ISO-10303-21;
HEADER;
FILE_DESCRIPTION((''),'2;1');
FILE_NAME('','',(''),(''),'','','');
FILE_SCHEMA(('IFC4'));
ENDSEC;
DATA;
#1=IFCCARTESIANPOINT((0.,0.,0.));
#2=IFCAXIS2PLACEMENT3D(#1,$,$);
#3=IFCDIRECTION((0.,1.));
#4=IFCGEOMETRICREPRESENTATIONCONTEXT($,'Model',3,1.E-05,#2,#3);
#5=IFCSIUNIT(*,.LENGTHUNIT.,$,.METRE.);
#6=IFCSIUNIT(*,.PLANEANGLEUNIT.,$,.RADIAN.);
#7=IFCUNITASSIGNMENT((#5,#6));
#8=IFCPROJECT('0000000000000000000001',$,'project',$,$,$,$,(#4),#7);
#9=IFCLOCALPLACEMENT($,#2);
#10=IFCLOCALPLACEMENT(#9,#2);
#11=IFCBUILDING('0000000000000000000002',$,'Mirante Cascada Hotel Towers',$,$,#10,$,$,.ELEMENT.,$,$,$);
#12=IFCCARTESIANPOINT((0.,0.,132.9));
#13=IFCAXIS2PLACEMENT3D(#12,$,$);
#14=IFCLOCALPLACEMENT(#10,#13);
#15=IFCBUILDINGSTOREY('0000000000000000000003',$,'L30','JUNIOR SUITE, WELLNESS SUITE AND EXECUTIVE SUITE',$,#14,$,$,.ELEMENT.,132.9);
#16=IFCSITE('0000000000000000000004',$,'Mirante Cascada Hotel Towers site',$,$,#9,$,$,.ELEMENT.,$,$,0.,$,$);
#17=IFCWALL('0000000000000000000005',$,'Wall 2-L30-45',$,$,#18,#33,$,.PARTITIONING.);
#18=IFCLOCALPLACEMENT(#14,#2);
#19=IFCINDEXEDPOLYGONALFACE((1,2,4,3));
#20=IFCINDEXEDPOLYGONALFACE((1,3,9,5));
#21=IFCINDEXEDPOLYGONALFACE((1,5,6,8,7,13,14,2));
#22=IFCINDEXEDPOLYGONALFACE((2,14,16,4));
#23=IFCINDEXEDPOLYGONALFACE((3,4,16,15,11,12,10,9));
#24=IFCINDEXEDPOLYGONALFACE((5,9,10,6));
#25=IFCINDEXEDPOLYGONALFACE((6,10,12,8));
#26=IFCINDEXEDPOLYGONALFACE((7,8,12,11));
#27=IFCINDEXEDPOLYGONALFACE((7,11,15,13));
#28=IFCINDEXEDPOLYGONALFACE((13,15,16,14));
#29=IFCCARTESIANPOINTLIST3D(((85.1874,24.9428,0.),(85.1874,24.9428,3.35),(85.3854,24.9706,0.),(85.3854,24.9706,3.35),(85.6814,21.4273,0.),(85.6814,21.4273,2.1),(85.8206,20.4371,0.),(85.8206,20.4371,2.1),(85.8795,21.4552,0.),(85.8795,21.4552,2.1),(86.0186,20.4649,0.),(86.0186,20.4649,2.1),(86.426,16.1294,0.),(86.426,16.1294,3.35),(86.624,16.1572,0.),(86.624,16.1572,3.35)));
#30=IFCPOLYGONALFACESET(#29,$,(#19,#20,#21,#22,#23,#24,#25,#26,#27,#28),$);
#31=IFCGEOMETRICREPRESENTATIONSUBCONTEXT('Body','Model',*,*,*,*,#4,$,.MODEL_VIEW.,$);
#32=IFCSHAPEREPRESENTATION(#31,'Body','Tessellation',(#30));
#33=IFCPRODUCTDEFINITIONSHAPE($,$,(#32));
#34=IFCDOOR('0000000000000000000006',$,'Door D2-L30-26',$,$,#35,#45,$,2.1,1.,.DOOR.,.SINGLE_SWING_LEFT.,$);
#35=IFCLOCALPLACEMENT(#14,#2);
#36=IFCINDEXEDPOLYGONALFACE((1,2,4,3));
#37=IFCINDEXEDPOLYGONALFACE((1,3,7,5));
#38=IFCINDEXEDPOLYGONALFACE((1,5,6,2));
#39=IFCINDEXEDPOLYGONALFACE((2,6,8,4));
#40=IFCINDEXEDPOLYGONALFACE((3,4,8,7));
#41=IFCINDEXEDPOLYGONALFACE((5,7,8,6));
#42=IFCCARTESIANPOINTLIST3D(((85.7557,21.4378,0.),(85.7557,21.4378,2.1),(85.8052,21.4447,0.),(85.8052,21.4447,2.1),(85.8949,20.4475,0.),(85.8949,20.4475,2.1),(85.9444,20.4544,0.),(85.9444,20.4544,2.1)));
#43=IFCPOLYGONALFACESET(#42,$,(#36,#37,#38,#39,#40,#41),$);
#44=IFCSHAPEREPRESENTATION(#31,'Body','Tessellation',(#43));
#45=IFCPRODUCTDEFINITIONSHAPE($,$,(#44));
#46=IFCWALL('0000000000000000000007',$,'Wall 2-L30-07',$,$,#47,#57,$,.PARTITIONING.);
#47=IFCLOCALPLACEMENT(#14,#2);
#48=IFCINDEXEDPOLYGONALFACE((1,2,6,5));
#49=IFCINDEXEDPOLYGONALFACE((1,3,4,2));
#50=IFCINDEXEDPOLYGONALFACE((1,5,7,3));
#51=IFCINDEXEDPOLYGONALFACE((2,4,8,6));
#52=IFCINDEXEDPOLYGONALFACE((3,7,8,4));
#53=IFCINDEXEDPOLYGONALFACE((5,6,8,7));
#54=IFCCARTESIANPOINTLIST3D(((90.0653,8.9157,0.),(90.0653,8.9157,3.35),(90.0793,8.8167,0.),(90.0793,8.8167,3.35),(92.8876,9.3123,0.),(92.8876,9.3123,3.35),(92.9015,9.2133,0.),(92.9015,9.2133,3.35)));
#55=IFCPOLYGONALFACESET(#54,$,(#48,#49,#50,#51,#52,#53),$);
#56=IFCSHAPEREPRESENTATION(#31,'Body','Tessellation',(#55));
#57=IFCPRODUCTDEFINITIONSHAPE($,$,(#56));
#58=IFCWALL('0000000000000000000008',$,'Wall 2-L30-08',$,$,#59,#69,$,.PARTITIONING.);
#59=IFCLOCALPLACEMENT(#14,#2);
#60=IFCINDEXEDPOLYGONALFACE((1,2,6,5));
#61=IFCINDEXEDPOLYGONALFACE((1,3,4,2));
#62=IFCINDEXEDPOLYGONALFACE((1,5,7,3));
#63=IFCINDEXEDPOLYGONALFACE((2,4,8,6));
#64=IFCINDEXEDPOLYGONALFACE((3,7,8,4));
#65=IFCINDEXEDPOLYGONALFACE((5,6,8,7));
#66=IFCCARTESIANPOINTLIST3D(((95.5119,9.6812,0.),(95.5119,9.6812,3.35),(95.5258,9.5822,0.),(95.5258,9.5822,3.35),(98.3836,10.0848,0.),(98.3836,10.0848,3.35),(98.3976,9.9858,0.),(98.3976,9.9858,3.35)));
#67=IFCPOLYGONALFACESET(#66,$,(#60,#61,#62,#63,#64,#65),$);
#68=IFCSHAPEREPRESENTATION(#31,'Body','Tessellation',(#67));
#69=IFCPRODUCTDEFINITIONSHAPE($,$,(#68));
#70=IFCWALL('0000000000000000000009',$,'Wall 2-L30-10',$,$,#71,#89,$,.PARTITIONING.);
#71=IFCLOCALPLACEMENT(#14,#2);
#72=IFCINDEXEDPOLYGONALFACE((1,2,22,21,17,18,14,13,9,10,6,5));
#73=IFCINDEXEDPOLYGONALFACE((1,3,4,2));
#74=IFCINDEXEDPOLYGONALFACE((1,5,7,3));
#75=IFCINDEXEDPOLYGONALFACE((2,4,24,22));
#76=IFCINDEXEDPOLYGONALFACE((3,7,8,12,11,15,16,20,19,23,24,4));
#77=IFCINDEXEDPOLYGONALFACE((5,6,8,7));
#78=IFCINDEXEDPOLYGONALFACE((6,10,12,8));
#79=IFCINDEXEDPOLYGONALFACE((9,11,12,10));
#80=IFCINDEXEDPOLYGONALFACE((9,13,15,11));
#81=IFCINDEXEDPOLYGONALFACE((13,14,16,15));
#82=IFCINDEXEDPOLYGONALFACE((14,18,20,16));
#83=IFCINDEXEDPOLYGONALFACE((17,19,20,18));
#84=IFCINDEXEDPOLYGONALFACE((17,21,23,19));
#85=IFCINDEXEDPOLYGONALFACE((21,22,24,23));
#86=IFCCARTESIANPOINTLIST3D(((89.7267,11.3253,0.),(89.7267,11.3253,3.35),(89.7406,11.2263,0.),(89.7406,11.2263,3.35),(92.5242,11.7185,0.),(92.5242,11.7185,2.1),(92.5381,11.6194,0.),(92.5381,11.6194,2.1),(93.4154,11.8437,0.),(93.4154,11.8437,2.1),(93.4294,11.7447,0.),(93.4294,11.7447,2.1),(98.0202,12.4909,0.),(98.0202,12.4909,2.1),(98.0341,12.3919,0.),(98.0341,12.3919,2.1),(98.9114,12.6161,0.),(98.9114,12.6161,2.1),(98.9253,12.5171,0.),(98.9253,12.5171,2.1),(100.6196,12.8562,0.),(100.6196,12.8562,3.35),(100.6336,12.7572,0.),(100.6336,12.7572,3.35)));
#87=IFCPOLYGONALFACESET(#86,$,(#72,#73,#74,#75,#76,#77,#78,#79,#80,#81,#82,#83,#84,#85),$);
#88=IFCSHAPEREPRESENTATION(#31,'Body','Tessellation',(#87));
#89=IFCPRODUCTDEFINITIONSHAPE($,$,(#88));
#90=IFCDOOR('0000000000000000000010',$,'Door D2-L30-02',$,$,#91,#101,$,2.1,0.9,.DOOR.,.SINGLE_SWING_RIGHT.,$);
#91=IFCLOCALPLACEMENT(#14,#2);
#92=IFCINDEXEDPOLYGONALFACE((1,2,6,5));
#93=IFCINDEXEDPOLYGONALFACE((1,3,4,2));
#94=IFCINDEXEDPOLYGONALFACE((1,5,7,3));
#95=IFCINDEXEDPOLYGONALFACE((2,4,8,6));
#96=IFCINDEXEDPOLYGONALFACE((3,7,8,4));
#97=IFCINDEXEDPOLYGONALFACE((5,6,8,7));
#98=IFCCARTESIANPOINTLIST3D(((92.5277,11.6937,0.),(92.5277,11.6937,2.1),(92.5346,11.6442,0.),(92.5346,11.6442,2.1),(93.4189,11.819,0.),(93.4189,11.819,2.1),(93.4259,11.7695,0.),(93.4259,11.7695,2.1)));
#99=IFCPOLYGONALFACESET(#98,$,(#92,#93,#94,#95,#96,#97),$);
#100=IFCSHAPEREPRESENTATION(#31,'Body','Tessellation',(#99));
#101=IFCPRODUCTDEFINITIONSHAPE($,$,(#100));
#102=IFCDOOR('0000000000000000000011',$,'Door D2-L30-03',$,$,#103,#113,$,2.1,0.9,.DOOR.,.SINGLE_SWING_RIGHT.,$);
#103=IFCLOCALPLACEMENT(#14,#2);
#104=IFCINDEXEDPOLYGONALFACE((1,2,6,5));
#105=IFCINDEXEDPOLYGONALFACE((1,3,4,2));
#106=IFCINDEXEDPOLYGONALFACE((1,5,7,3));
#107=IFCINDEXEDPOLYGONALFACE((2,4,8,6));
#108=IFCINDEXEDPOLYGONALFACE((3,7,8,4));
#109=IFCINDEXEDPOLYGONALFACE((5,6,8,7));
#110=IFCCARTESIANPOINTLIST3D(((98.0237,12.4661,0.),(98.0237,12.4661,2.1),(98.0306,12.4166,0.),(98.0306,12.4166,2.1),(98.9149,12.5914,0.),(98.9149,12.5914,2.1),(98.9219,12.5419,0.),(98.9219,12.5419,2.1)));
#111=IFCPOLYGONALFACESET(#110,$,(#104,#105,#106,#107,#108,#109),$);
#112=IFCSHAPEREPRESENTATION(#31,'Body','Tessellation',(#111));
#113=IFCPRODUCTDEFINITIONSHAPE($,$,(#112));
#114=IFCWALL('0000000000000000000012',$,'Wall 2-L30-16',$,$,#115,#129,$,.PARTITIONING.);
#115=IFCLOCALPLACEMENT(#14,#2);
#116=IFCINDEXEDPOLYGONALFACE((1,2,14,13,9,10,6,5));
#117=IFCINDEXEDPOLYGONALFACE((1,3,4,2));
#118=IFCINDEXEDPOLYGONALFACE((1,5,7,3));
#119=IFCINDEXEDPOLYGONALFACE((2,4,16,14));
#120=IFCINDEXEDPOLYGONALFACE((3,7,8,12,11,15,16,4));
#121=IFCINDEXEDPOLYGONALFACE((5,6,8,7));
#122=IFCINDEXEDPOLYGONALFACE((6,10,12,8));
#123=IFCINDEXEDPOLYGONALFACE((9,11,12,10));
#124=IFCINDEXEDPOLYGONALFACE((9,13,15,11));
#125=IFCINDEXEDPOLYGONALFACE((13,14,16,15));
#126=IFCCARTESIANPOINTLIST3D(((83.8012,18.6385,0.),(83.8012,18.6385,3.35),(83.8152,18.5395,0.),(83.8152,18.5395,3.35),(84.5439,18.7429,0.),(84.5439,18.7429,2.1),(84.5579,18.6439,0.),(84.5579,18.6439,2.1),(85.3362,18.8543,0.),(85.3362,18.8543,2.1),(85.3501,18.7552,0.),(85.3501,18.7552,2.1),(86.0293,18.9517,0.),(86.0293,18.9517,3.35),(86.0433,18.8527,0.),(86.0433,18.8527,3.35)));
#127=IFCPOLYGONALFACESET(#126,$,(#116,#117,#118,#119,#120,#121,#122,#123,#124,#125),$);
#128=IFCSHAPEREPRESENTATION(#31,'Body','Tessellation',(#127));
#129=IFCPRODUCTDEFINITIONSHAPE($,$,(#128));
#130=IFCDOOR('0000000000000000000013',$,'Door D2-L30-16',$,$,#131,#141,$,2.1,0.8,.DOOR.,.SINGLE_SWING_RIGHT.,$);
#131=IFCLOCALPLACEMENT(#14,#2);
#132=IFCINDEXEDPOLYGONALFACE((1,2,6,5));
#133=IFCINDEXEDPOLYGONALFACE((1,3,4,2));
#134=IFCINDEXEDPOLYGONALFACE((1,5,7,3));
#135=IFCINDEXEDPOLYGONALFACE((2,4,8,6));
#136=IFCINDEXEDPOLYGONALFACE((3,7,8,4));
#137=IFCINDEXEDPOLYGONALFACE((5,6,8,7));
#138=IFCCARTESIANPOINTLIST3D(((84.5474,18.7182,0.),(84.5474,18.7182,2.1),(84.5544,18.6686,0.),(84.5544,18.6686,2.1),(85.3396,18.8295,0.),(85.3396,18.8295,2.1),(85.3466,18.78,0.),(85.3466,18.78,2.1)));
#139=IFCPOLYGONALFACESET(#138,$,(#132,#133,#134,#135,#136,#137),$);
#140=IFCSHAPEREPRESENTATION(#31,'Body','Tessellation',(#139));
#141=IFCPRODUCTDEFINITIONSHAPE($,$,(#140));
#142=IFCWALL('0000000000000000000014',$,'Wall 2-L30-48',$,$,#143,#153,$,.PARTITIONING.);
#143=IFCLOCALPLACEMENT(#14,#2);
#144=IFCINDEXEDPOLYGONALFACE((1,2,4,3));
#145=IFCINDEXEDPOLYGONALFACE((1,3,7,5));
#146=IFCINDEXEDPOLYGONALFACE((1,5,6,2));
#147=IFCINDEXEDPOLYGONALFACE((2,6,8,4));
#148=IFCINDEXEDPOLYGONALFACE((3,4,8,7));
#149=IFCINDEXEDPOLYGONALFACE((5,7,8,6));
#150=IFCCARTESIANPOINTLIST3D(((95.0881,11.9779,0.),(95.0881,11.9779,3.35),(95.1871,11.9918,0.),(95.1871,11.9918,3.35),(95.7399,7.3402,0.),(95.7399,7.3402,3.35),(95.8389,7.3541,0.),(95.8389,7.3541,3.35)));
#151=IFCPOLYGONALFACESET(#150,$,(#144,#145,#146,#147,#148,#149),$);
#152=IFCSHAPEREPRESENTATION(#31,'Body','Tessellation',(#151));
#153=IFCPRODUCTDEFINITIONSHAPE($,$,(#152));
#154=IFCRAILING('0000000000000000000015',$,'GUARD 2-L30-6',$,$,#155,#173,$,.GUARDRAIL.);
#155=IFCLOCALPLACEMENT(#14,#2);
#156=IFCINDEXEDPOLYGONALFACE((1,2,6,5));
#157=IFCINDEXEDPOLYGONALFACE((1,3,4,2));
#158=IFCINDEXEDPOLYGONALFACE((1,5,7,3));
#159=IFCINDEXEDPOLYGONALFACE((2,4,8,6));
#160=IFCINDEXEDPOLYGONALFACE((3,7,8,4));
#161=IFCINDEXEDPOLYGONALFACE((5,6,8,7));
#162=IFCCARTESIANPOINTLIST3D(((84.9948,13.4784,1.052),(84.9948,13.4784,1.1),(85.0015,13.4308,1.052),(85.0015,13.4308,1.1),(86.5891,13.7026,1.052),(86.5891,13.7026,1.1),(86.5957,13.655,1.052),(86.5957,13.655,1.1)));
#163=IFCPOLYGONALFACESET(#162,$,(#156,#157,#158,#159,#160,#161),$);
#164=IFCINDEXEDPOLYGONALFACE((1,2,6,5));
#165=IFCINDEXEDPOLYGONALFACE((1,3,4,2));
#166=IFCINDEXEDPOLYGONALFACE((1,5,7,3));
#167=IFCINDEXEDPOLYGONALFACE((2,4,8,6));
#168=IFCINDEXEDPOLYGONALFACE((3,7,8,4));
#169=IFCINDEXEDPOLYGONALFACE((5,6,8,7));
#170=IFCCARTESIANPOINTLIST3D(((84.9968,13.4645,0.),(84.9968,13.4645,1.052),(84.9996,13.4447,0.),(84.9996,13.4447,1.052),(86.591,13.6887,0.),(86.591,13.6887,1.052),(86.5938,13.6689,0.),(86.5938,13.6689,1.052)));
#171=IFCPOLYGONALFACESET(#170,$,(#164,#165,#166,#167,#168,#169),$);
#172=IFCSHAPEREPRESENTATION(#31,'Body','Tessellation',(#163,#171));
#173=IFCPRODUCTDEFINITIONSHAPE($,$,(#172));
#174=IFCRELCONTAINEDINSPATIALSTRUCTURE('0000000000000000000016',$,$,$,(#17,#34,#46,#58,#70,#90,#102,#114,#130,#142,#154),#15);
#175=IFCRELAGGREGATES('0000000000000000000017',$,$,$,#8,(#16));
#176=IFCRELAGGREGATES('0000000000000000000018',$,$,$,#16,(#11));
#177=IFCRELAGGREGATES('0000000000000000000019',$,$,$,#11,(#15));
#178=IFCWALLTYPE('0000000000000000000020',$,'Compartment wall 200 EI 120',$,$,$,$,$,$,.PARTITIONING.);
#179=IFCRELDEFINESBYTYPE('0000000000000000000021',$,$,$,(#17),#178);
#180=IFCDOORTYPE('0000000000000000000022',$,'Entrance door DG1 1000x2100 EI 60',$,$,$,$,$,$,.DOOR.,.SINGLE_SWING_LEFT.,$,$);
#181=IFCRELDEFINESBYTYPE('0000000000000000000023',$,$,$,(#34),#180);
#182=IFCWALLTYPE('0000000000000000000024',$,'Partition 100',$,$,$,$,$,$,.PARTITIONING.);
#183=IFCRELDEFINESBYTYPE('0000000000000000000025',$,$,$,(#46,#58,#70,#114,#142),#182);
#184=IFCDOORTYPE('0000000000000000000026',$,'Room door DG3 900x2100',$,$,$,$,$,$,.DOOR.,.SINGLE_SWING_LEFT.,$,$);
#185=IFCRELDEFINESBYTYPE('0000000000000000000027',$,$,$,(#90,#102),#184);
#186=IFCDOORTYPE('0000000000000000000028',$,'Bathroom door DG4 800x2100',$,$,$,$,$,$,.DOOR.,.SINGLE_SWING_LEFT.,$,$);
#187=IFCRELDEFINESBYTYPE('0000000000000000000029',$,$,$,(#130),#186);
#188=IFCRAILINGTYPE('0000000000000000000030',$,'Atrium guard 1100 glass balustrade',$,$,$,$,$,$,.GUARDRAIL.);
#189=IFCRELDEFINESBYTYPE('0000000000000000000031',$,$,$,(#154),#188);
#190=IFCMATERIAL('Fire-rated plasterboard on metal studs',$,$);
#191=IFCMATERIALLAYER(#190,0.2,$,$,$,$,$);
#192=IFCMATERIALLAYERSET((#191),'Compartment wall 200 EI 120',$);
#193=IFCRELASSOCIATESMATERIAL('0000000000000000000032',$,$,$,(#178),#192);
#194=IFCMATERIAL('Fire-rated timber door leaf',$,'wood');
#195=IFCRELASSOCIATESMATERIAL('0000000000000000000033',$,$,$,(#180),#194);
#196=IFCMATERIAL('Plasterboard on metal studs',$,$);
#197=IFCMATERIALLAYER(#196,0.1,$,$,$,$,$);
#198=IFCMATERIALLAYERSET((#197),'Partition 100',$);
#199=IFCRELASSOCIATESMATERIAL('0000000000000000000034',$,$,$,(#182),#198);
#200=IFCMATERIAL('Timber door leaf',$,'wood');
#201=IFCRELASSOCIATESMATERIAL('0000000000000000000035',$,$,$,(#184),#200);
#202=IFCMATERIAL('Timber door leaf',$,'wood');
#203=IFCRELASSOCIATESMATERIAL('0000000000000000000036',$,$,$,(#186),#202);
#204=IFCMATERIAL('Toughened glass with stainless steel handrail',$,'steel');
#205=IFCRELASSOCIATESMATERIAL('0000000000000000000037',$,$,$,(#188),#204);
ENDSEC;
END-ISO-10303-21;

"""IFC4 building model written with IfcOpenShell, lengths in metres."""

from ifc_helpers import new_model, si_unit, direction, frame, frame_2d, origin, origin_2d, place, context, subcontext, project, spatial, rectangle, extrude, material, layer, layer_set, type_object, element, fill, save


model = new_model("IFC4")

# Units and contexts
model_context = context("Model", 3, precision=1e-05, world=origin(), true_north=direction((0.0, 1.0)))
body_context = subcontext(model_context, "Body", "Model", "MODEL_VIEW")
ifc_project = project(units=[si_unit("LENGTHUNIT", "METRE"), si_unit("PLANEANGLEUNIT", "RADIAN")], contexts=[model_context])

# Site, building, storey
site_placement = place(None, origin())
site = spatial("IfcSite", under=ifc_project, at=site_placement, Name="Mirante Cascada Hotel Towers site", CompositionType="ELEMENT", RefElevation=0.0)
building_placement = place(site_placement, origin())
building = spatial("IfcBuilding", under=site, at=building_placement, Name="Mirante Cascada Hotel Towers", CompositionType="ELEMENT")
storey_placement = place(building_placement, frame((0.0, 0.0, 132.9)))
storey = spatial("IfcBuildingStorey", under=building, at=storey_placement, Name="L30", Description="JUNIOR SUITE, WELLNESS SUITE AND EXECUTIVE SUITE", CompositionType="ELEMENT", Elevation=132.9)

# Shared definitions
ifc_material_1 = material(Name="Fire-rated plasterboard on metal studs")
ifc_layer_1 = layer(ifc_material_1, 0.2)
ifc_layer_set_1 = layer_set([ifc_layer_1], Name="Compartment wall 200 EI 120")
wall_type_1 = type_object("IfcWallType", Name="Compartment wall 200 EI 120", PredefinedType="PARTITIONING", material=ifc_layer_set_1)
ifc_material_2 = material(Name="Fire-rated timber door leaf", Category="wood")
door_type_1 = type_object("IfcDoorType", Name="Entrance door DG1 1000x2100 EI 60", OperationType="SINGLE_SWING_LEFT", PredefinedType="DOOR", material=ifc_material_2)

# Wall, opening, door
wall_1_placement = place(storey_placement, frame((86.525, 16.1433, 0.0), z_axis=(0.0, 0.0, 1.0), x_axis=(-0.139168, 0.990269, 0.0)))
wall_1 = element("IfcWall", 1, at=wall_1_placement, inside=storey, type_object=wall_type_1, Name="Wall 2-L30-45", PredefinedType="PARTITIONING", context=body_context, shape_type="SweptSolid", body=[
    extrude(rectangle(XDim=8.9, YDim=0.2, at=frame_2d((4.45, 0.0))), origin(), (0.0, 0.0, 1.0), 3.35),
])
opening_1_placement = place(wall_1_placement, frame((4.35, 0.0, 0.0)))
opening_1 = element("IfcOpeningElement", 2, at=opening_1_placement, cuts=wall_1, PredefinedType="OPENING", context=body_context, shape_type="SweptSolid", body=[
    extrude(rectangle(XDim=1.0, YDim=2.1, at=frame_2d((0.5, 1.05))), frame((0.0, 0.1, 0.0), z_axis=(0.0, -1.0, 0.0), x_axis=(1.0, 0.0, 0.0)), (0.0, 0.0, 1.0), 0.2),
])
door_1_placement = place(opening_1_placement, origin())
door_1 = element("IfcDoor", 3, at=door_1_placement, inside=storey, type_object=door_type_1, Name="Door D2-L30-26", OperationType="SINGLE_SWING_LEFT", OverallHeight=2.1, OverallWidth=1.0, PredefinedType="DOOR", context=body_context, shape_type="SweptSolid", body=[
    extrude(rectangle(XDim=1.0, YDim=2.1, at=frame_2d((0.5, 1.05))), frame((0.0, 0.025, 0.0), z_axis=(0.0, -1.0, 0.0), x_axis=(1.0, 0.0, 0.0)), (0.0, 0.0, 1.0), 0.05),
])
fill(opening_1, door_1)

# Walls
ifc_material_3 = material(Name="Plasterboard on metal studs")
ifc_layer_2 = layer(ifc_material_3, 0.1)
ifc_layer_set_2 = layer_set([ifc_layer_2], Name="Partition 100")
wall_type_2 = type_object("IfcWallType", Name="Partition 100", PredefinedType="PARTITIONING", material=ifc_layer_set_2)
wall_2_placement = place(storey_placement, frame((90.0723, 8.8662, 0.0), z_axis=(0.0, 0.0, 1.0), x_axis=(0.99027, 0.139156, 0.0)))
element("IfcWall", 4, at=wall_2_placement, inside=storey, type_object=wall_type_2, Name="Wall 2-L30-07", PredefinedType="PARTITIONING", context=body_context, shape_type="SweptSolid", body=[
    extrude(rectangle(XDim=2.85, YDim=0.1, at=frame_2d((1.425, 0.0))), origin(), (0.0, 0.0, 1.0), 3.35),
])
wall_3_placement = place(storey_placement, frame((98.3906, 10.0353, 0.0), z_axis=(0.0, 0.0, 1.0), x_axis=(-0.990268, -0.139171, 0.0)))
element("IfcWall", 5, at=wall_3_placement, inside=storey, type_object=wall_type_2, Name="Wall 2-L30-08", PredefinedType="PARTITIONING", context=body_context, shape_type="SweptSolid", body=[
    extrude(rectangle(XDim=2.9, YDim=0.1, at=frame_2d((1.45, 0.0))), origin(), (0.0, 0.0, 1.0), 3.35),
])

# Wall, openings, doors
wall_4_placement = place(storey_placement, frame((100.6266, 12.8067, 0.0), z_axis=(0.0, 0.0, 1.0), x_axis=(-0.990268, -0.139173, 0.0)))
wall_4 = element("IfcWall", 6, at=wall_4_placement, inside=storey, type_object=wall_type_2, Name="Wall 2-L30-10", PredefinedType="PARTITIONING", context=body_context, shape_type="SweptSolid", body=[
    extrude(rectangle(XDim=11.0, YDim=0.1, at=frame_2d((5.5, 0.0))), origin(), (0.0, 0.0, 1.0), 3.35),
])
opening_2_placement = place(wall_4_placement, frame((7.275, 0.0, 0.0)))
opening_2 = element("IfcOpeningElement", 7, at=opening_2_placement, cuts=wall_4, PredefinedType="OPENING", context=body_context, shape_type="SweptSolid", body=[
    extrude(rectangle(XDim=0.9, YDim=2.1, at=frame_2d((0.45, 1.05))), frame((0.0, 0.05, 0.0), z_axis=(0.0, -1.0, 0.0), x_axis=(1.0, 0.0, 0.0)), (0.0, 0.0, 1.0), 0.1),
])
opening_3_placement = place(wall_4_placement, frame((1.725, 0.0, 0.0)))
opening_3 = element("IfcOpeningElement", 8, at=opening_3_placement, cuts=wall_4, PredefinedType="OPENING", context=body_context, shape_type="SweptSolid", body=[
    extrude(rectangle(XDim=0.9, YDim=2.1, at=frame_2d((0.45, 1.05))), frame((0.0, 0.05, 0.0), z_axis=(0.0, -1.0, 0.0), x_axis=(1.0, 0.0, 0.0)), (0.0, 0.0, 1.0), 0.1),
])
ifc_material_4 = material(Name="Timber door leaf", Category="wood")
door_type_2 = type_object("IfcDoorType", Name="Room door DG3 900x2100", OperationType="SINGLE_SWING_LEFT", PredefinedType="DOOR", material=ifc_material_4)
door_2_placement = place(opening_2_placement, frame((0.9, 0.0, 0.0), z_axis=(0.0, 0.0, 1.0), x_axis=(-1.0, 0.0, 0.0)))
door_2 = element("IfcDoor", 9, at=door_2_placement, inside=storey, type_object=door_type_2, Name="Door D2-L30-02", OperationType="SINGLE_SWING_RIGHT", OverallHeight=2.1, OverallWidth=0.9, PredefinedType="DOOR", context=body_context, shape_type="SweptSolid", body=[
    extrude(rectangle(XDim=0.9, YDim=2.1, at=frame_2d((0.45, 1.05))), frame((0.0, 0.025, 0.0), z_axis=(0.0, -1.0, 0.0), x_axis=(1.0, 0.0, 0.0)), (0.0, 0.0, 1.0), 0.05),
])
fill(opening_2, door_2)
door_3_placement = place(opening_3_placement, frame((0.9, 0.0, 0.0), z_axis=(0.0, 0.0, 1.0), x_axis=(-1.0, 0.0, 0.0)))
door_3 = element("IfcDoor", 10, at=door_3_placement, inside=storey, type_object=door_type_2, Name="Door D2-L30-03", OperationType="SINGLE_SWING_RIGHT", OverallHeight=2.1, OverallWidth=0.9, PredefinedType="DOOR", context=body_context, shape_type="SweptSolid", body=[
    extrude(rectangle(XDim=0.9, YDim=2.1, at=frame_2d((0.45, 1.05))), frame((0.0, 0.025, 0.0), z_axis=(0.0, -1.0, 0.0), x_axis=(1.0, 0.0, 0.0)), (0.0, 0.0, 1.0), 0.05),
])
fill(opening_3, door_3)

# Wall, opening, door
wall_5_placement = place(storey_placement, frame((86.0363, 18.9022, 0.0), z_axis=(0.0, 0.0, 1.0), x_axis=(-0.990264, -0.1392, 0.0)))
wall_5 = element("IfcWall", 11, at=wall_5_placement, inside=storey, type_object=wall_type_2, Name="Wall 2-L30-16", PredefinedType="PARTITIONING", context=body_context, shape_type="SweptSolid", body=[
    extrude(rectangle(XDim=2.25, YDim=0.1, at=frame_2d((1.125, 0.0))), origin(), (0.0, 0.0, 1.0), 3.35),
])
opening_4_placement = place(wall_5_placement, frame((0.7, 0.0, 0.0)))
opening_4 = element("IfcOpeningElement", 12, at=opening_4_placement, cuts=wall_5, PredefinedType="OPENING", context=body_context, shape_type="SweptSolid", body=[
    extrude(rectangle(XDim=0.8, YDim=2.1, at=frame_2d((0.4, 1.05))), frame((0.0, 0.05, 0.0), z_axis=(0.0, -1.0, 0.0), x_axis=(1.0, 0.0, 0.0)), (0.0, 0.0, 1.0), 0.1),
])
ifc_material_5 = material(Name="Timber door leaf", Category="wood")
door_type_3 = type_object("IfcDoorType", Name="Bathroom door DG4 800x2100", OperationType="SINGLE_SWING_LEFT", PredefinedType="DOOR", material=ifc_material_5)
door_4_placement = place(opening_4_placement, frame((0.8, 0.0, 0.0), z_axis=(0.0, 0.0, 1.0), x_axis=(-1.0, 0.0, 0.0)))
door_4 = element("IfcDoor", 13, at=door_4_placement, inside=storey, type_object=door_type_3, Name="Door D2-L30-16", OperationType="SINGLE_SWING_RIGHT", OverallHeight=2.1, OverallWidth=0.8, PredefinedType="DOOR", context=body_context, shape_type="SweptSolid", body=[
    extrude(rectangle(XDim=0.8, YDim=2.1, at=frame_2d((0.4, 1.05))), frame((0.0, 0.025, 0.0), z_axis=(0.0, -1.0, 0.0), x_axis=(1.0, 0.0, 0.0)), (0.0, 0.0, 1.0), 0.05),
])
fill(opening_4, door_4)

# Wall
wall_6_placement = place(storey_placement, frame((95.1376, 11.9848, 0.0), z_axis=(0.0, 0.0, 1.0), x_axis=(0.139176, -0.990268, 0.0)))
element("IfcWall", 14, at=wall_6_placement, inside=storey, type_object=wall_type_2, Name="Wall 2-L30-48", PredefinedType="PARTITIONING", context=body_context, shape_type="SweptSolid", body=[
    extrude(rectangle(XDim=4.6833, YDim=0.1, at=frame_2d((2.3416, 0.0))), origin(), (0.0, 0.0, 1.0), 3.35),
])

# Railing
ifc_material_6 = material(Name="Toughened glass with stainless steel handrail", Category="steel")
railing_type = type_object("IfcRailingType", Name="Atrium guard 1100 glass balustrade", PredefinedType="GUARDRAIL", material=ifc_material_6)
railing_placement = place(storey_placement, frame((86.5924, 13.6788, 0.0)))
element("IfcRailing", 15, at=railing_placement, inside=storey, type_object=railing_type, Name="GUARD 2-L30-6", PredefinedType="GUARDRAIL", context=body_context, shape_type="SweptSolid", body=[
    extrude(rectangle(XDim=0.048, YDim=0.048, at=origin_2d()), frame((0.0, 0.0, 1.076), z_axis=(-0.990255, -0.139264, 0.0), x_axis=(0.139264, -0.990255, 0.0)), (0.0, 0.0, 1.0), 1.6099),
    extrude(rectangle(XDim=0.02, YDim=1.052, at=origin_2d()), frame((0.0, 0.0, 0.526), z_axis=(-0.990255, -0.139264, 0.0), x_axis=(0.139264, -0.990255, 0.0)), (0.0, 0.0, 1.0), 1.6099),
])

save(model, "model.ifc")
